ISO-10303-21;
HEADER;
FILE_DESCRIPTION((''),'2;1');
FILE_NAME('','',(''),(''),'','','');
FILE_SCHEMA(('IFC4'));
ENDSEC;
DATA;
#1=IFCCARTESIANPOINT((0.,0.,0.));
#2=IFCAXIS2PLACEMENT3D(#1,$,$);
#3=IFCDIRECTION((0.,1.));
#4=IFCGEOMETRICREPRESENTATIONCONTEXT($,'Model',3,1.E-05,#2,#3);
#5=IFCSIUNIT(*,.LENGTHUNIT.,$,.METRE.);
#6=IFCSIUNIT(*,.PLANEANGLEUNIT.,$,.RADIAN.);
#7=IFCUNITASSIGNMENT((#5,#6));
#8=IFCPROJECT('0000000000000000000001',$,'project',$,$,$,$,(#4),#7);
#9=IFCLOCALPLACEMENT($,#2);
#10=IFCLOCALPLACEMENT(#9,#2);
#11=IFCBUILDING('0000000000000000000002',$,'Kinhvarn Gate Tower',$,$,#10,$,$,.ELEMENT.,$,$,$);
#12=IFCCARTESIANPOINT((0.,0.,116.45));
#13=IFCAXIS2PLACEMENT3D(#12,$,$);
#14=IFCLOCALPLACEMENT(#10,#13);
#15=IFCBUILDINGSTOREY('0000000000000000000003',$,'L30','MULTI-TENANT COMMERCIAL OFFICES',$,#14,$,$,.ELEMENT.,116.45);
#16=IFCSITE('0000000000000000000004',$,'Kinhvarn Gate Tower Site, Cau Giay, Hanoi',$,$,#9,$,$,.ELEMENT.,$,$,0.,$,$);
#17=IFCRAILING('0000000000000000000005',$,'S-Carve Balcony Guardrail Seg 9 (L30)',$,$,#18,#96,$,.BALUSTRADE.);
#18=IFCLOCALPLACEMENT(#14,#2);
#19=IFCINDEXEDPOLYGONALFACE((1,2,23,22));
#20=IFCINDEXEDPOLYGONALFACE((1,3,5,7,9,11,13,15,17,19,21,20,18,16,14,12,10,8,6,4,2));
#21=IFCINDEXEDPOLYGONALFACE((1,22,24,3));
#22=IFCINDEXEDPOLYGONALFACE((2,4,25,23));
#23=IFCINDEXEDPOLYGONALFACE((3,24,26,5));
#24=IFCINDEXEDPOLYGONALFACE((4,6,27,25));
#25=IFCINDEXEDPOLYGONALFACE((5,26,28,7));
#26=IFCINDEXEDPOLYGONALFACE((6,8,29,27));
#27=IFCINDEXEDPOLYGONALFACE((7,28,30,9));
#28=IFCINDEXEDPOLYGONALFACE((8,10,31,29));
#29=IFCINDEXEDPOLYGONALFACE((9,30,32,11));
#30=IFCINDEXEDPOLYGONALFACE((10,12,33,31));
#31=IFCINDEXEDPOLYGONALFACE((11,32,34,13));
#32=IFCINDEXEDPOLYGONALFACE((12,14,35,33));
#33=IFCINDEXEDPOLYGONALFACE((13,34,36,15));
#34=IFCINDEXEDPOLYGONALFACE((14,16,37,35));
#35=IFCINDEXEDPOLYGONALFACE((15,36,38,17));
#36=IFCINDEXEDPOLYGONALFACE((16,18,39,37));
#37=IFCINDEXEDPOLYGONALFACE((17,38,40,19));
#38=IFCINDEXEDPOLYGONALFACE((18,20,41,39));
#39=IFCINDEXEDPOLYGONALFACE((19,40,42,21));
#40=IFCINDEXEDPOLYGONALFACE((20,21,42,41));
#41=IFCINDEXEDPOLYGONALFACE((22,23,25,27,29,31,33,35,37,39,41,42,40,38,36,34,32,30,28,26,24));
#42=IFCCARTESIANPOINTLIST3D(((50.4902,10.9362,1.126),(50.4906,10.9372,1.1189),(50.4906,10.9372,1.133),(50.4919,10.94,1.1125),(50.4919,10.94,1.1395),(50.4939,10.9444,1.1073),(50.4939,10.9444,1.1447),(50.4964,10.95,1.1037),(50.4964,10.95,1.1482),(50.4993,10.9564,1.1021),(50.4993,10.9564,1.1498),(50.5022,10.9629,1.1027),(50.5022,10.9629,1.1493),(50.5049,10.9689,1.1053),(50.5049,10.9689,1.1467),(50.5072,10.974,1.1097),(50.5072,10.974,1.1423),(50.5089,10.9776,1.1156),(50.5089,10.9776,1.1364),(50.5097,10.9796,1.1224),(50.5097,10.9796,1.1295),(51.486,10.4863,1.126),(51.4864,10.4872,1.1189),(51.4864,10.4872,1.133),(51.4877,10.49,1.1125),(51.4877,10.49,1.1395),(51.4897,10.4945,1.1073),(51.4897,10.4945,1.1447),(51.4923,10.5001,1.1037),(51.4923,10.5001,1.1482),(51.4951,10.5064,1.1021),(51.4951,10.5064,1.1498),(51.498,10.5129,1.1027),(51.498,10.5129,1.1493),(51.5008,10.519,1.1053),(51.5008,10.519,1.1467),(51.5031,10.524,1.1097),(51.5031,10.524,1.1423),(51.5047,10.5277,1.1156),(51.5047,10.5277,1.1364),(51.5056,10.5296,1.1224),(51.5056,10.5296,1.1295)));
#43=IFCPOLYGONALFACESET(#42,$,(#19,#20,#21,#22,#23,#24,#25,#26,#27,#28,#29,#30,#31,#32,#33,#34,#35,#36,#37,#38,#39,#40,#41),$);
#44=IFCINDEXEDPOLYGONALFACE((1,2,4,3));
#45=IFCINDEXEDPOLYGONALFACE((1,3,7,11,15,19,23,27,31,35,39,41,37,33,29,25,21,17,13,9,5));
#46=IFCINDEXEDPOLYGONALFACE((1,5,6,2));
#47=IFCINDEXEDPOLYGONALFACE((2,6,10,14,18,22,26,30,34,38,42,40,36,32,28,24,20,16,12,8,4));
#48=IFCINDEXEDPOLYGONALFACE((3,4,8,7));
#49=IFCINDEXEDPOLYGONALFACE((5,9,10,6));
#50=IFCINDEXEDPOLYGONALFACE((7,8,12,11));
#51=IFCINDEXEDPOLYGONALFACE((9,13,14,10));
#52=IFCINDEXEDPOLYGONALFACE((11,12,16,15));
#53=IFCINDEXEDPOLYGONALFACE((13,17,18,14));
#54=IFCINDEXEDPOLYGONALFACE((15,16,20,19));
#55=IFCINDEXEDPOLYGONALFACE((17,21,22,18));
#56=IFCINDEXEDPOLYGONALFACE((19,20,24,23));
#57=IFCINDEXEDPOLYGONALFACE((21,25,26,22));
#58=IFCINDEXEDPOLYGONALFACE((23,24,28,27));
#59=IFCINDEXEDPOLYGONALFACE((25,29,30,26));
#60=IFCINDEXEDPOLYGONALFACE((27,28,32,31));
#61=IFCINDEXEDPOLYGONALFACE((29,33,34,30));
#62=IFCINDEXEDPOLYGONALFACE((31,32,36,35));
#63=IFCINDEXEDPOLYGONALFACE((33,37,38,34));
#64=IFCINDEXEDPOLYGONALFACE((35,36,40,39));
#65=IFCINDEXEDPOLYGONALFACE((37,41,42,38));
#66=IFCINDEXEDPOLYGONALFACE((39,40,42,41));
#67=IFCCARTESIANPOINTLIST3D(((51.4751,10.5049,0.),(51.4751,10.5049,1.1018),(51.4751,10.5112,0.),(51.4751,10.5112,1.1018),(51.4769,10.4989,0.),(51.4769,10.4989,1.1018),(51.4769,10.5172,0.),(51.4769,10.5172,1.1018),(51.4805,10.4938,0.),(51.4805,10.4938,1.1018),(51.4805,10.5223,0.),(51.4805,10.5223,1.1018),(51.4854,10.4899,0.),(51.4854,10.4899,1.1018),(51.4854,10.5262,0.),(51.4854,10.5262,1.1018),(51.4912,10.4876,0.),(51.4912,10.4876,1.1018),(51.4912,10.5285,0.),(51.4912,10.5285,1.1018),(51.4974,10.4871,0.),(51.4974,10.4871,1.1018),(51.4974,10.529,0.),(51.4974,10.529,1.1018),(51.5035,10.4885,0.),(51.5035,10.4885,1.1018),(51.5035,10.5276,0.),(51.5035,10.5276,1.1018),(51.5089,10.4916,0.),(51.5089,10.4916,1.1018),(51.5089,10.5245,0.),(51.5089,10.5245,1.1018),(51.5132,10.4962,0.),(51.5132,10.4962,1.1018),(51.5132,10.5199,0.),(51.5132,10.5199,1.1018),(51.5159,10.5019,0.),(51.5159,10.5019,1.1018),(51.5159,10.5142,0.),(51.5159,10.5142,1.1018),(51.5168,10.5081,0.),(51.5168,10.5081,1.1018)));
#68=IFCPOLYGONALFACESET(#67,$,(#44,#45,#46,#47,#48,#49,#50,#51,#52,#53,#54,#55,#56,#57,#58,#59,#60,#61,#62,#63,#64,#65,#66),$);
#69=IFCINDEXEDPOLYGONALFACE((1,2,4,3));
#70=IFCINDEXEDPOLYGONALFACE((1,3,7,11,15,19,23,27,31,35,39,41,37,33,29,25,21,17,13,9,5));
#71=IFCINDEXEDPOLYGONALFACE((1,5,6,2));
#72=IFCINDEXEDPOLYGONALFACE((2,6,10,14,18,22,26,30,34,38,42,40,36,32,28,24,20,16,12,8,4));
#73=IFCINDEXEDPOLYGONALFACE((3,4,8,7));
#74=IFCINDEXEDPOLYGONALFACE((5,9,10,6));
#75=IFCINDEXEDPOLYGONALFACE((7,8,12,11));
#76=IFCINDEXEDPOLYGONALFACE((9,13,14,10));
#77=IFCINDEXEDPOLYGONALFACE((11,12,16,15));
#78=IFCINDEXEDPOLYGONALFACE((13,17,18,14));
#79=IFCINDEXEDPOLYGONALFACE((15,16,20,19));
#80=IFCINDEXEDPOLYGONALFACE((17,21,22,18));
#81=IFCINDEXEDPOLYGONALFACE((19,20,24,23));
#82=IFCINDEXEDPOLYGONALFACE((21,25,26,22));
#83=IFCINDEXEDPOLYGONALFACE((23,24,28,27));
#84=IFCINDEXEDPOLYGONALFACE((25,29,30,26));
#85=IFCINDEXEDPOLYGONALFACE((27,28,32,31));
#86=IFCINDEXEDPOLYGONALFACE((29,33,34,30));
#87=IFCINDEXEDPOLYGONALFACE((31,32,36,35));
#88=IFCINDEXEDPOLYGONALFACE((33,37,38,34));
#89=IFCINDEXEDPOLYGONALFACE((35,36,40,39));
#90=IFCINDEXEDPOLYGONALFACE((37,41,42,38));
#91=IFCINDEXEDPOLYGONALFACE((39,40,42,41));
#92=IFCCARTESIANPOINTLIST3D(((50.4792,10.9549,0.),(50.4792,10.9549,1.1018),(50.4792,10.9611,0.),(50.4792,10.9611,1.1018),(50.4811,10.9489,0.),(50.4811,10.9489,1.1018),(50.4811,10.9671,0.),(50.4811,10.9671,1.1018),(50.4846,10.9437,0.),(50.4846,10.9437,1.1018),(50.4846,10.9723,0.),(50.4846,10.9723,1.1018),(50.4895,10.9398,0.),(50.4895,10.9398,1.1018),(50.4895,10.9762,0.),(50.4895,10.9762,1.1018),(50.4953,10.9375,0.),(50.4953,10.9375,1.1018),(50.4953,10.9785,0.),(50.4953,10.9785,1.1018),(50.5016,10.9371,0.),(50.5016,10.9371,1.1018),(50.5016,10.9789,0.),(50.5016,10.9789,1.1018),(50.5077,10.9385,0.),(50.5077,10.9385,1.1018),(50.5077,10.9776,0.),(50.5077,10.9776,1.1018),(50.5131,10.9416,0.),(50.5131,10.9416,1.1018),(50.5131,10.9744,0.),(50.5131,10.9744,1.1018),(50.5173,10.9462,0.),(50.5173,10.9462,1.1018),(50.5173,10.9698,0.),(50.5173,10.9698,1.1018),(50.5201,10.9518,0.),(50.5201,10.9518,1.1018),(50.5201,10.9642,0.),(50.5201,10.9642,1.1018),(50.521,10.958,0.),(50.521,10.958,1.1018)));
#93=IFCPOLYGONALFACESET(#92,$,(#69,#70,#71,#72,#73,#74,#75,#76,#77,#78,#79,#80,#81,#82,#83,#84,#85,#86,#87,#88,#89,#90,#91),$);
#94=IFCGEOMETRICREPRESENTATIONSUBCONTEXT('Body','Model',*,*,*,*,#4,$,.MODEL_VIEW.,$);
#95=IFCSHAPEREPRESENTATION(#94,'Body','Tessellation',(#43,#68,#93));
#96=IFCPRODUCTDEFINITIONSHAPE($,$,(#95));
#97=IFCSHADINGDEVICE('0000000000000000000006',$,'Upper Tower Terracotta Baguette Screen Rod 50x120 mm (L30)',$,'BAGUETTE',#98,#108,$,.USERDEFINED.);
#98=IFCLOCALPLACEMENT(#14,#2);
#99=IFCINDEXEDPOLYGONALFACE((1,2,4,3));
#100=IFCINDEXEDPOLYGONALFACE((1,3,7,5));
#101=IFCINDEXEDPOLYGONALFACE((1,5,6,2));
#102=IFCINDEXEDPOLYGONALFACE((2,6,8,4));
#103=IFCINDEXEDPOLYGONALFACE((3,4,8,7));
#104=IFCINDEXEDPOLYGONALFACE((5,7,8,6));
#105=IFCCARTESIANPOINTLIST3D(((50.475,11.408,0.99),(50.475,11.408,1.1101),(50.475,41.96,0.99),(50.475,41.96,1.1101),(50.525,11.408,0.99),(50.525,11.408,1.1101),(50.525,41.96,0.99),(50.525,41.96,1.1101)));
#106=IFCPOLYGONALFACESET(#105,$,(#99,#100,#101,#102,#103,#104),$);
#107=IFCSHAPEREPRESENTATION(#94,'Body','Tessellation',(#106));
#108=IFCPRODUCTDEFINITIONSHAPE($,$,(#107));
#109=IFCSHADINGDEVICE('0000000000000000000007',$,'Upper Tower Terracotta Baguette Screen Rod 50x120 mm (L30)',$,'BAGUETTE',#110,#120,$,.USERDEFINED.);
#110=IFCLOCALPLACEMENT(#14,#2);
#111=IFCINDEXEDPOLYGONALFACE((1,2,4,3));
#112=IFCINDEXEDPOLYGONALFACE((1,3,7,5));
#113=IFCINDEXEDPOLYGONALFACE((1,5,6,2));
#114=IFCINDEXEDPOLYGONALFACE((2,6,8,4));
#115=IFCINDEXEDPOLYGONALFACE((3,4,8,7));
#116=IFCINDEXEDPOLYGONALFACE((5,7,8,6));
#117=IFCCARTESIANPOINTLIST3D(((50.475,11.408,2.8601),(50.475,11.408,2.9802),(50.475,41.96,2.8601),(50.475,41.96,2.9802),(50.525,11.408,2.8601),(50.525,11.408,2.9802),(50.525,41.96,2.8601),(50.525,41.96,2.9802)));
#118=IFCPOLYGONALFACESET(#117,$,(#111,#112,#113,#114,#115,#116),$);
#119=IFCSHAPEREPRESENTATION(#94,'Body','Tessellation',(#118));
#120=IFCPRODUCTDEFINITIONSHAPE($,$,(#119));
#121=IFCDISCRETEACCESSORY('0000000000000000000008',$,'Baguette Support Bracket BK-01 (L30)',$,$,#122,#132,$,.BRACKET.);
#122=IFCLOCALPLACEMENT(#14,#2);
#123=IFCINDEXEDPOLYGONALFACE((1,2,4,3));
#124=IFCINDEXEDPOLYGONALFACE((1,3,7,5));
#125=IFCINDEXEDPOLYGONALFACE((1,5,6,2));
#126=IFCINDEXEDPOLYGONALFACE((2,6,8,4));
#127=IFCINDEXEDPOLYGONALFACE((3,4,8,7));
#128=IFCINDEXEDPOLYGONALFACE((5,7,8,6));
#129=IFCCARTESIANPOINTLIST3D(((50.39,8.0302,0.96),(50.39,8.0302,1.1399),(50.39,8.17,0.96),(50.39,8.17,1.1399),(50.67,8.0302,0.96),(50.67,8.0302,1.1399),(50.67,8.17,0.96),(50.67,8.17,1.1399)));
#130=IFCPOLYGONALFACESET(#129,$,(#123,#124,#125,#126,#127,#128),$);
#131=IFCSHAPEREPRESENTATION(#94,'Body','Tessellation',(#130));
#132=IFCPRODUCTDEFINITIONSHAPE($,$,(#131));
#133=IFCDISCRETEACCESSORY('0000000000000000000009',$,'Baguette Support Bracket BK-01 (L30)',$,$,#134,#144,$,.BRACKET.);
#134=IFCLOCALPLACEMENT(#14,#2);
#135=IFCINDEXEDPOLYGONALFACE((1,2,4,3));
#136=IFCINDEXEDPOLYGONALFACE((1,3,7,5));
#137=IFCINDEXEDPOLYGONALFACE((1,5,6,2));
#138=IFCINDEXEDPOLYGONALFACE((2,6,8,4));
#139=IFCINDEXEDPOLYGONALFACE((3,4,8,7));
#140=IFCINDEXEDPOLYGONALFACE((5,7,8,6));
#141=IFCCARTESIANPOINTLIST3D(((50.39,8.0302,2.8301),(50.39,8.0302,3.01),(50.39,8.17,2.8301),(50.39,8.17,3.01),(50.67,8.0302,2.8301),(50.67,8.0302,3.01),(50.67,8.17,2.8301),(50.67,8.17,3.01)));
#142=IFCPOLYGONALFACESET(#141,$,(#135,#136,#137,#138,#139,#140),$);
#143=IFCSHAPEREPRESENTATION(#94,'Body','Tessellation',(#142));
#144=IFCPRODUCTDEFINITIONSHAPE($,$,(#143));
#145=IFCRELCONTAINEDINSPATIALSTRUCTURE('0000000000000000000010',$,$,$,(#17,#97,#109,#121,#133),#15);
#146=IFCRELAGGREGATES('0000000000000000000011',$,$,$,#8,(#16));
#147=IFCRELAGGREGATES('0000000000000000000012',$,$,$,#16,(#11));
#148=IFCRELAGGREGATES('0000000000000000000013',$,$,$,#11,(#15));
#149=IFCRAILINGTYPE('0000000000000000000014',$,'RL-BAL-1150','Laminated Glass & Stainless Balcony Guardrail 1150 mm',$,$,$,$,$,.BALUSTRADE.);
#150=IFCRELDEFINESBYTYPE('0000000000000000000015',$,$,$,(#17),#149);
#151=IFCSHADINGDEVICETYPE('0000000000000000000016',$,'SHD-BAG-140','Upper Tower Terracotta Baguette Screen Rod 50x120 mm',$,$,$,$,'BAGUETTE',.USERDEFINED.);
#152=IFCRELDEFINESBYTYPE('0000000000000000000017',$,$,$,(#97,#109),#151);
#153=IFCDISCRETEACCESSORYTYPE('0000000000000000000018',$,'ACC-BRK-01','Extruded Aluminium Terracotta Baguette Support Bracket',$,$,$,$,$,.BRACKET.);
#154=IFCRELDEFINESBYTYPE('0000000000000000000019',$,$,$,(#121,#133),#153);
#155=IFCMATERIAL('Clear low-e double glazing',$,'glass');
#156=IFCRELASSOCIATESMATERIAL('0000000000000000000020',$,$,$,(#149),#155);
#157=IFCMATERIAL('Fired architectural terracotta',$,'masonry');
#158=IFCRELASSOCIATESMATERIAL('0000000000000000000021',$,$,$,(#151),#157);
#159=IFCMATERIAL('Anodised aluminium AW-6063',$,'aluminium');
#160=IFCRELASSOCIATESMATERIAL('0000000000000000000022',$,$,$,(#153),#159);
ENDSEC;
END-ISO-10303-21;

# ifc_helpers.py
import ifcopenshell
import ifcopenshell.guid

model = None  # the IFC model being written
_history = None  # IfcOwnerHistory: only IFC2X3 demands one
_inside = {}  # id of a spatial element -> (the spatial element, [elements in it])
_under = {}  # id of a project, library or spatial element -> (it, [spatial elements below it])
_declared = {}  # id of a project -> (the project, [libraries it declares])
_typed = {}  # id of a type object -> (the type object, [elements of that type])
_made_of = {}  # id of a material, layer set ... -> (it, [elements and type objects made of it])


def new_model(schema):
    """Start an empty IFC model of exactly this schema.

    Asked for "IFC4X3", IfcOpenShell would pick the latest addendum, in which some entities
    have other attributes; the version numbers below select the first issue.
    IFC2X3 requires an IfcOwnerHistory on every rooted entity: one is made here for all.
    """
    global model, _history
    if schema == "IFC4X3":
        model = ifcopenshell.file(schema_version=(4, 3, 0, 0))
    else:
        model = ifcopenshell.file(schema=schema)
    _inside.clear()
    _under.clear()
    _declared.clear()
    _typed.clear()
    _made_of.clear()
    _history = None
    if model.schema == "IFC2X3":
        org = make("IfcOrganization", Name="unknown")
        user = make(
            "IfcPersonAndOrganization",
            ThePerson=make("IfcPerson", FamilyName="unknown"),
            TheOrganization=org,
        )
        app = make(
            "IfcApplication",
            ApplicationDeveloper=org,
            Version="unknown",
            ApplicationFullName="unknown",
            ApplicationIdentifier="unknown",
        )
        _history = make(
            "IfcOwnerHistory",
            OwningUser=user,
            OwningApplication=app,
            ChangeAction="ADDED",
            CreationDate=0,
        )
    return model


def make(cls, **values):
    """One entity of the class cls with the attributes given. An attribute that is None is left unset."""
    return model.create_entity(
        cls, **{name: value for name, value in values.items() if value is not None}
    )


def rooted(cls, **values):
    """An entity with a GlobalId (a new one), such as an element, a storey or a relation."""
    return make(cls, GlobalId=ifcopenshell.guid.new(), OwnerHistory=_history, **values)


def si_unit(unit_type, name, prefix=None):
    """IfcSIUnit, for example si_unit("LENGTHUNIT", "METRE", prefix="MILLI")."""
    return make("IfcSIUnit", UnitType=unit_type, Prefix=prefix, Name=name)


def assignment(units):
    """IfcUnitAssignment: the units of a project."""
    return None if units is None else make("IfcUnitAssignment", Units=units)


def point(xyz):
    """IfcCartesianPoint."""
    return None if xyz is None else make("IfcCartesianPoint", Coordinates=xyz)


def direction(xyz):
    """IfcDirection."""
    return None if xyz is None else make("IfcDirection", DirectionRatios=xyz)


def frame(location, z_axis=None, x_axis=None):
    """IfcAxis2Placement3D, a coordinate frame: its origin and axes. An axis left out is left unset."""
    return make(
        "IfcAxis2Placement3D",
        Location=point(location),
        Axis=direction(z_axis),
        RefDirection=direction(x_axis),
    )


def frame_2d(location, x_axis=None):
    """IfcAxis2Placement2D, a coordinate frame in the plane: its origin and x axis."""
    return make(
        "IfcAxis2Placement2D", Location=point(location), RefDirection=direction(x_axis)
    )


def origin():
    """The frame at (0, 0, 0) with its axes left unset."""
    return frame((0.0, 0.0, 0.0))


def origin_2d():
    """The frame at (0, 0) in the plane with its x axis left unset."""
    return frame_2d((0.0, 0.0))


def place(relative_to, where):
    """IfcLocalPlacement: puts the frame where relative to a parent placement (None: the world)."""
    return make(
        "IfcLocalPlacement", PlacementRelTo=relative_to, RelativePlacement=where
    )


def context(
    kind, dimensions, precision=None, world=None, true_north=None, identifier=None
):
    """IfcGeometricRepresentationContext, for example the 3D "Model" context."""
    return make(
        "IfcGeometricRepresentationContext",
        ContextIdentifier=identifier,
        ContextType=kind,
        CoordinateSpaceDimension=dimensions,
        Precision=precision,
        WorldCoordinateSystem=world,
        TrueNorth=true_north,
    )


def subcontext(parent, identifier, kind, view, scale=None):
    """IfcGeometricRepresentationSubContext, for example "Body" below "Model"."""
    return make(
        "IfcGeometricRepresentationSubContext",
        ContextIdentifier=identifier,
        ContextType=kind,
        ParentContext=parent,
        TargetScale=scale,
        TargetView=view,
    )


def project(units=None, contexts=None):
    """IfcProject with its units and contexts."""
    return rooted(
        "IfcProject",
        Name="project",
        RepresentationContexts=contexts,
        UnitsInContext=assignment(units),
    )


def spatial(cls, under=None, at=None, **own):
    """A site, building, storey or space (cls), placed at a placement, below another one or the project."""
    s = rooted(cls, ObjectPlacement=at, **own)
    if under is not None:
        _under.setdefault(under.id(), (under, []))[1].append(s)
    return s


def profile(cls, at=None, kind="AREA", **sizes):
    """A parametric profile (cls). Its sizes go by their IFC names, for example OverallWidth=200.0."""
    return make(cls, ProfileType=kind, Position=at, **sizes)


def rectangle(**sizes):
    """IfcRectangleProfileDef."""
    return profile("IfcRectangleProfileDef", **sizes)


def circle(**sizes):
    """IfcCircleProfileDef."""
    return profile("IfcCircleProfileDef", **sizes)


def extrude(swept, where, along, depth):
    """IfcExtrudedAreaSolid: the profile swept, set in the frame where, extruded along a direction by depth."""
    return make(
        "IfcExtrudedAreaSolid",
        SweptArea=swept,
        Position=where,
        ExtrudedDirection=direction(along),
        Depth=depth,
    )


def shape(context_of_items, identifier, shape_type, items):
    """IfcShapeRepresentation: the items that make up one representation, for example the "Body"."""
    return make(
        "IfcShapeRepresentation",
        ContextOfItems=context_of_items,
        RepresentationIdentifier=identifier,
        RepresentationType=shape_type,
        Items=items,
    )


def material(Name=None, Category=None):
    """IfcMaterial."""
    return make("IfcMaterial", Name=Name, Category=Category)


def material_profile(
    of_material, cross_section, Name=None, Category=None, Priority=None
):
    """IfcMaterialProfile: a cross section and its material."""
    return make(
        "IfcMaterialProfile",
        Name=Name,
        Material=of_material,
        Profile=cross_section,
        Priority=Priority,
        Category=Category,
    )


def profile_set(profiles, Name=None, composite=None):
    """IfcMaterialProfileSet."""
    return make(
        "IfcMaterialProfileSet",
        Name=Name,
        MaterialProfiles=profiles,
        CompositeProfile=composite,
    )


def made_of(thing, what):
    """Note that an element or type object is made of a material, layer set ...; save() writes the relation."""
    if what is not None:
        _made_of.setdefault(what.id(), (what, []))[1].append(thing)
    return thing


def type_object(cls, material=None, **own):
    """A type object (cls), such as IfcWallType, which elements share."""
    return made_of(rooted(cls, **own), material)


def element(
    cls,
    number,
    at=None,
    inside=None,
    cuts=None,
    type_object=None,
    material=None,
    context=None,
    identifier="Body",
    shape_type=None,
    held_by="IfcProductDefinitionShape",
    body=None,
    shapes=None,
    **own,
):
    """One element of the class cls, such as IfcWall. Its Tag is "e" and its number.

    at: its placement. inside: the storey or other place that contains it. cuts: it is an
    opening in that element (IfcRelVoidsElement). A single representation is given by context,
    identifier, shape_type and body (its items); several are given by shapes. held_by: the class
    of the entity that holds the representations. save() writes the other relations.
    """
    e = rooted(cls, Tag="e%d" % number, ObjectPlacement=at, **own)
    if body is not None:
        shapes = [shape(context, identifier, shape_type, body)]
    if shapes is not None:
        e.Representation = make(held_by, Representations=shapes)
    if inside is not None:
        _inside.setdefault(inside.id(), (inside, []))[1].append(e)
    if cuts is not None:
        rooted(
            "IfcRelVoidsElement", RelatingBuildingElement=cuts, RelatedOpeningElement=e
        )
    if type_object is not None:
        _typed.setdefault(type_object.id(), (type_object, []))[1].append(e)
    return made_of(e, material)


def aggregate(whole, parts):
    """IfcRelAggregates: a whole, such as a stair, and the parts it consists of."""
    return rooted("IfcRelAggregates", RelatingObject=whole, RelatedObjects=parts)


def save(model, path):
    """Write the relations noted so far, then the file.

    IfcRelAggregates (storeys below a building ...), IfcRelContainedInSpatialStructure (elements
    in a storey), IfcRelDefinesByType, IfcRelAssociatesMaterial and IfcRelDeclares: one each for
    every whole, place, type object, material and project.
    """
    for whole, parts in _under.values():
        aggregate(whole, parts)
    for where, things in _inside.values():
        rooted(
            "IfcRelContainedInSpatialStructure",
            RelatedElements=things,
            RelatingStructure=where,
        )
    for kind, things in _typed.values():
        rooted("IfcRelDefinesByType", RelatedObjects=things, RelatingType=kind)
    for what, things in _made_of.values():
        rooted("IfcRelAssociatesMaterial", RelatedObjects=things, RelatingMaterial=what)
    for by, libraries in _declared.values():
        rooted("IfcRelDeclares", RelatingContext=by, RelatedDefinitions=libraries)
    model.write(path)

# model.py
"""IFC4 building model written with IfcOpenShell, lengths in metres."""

from ifc_helpers import new_model, si_unit, direction, frame, origin, origin_2d, place, context, subcontext, project, spatial, rectangle, circle, extrude, material, material_profile, profile_set, type_object, element, save


model = new_model("IFC4")

# Units and contexts
model_context = context("Model", 3, precision=1e-05, world=origin(), true_north=direction((0.0, 1.0)))
body_context = subcontext(model_context, "Body", "Model", "MODEL_VIEW")
ifc_project = project(units=[si_unit("LENGTHUNIT", "METRE"), si_unit("PLANEANGLEUNIT", "RADIAN")], contexts=[model_context])

# Site, building, storey
site_placement = place(None, origin())
site = spatial("IfcSite", under=ifc_project, at=site_placement, Name="Kinhvarn Gate Tower Site, Cau Giay, Hanoi", CompositionType="ELEMENT", RefElevation=0.0)
building_placement = place(site_placement, origin())
building = spatial("IfcBuilding", under=site, at=building_placement, Name="Kinhvarn Gate Tower", CompositionType="ELEMENT")
storey_placement = place(building_placement, frame((0.0, 0.0, 116.45)))
storey = spatial("IfcBuildingStorey", under=building, at=storey_placement, Name="L30", Description="MULTI-TENANT COMMERCIAL OFFICES", CompositionType="ELEMENT", Elevation=116.45)

# Shared definitions
ifc_material_1 = material(Name="Anodised aluminium AW-6063", Category="aluminium")

# Shared definitions
ifc_material_2 = material(Name="Clear low-e double glazing", Category="glass")

# Shared definitions
ifc_material_3 = material(Name="Fired architectural terracotta", Category="masonry")

# Railing
railing_type = type_object("IfcRailingType", Name="RL-BAL-1150", Description="Laminated Glass & Stainless Balcony Guardrail 1150 mm", PredefinedType="BALUSTRADE", material=ifc_material_2)
railing_placement = place(storey_placement, frame((51.4958, 10.5081, 0.0)))
element("IfcRailing", 1, at=railing_placement, inside=storey, type_object=railing_type, Name="S-Carve Balcony Guardrail Seg 9 (L30)", PredefinedType="BALUSTRADE", context=body_context, shape_type="SweptSolid", body=[
    extrude(circle(Radius=0.0239, at=origin_2d()), frame((0.0, 0.0, 1.126), z_axis=(-0.911298, 0.411748, 0.0), x_axis=(-0.411748, -0.911298, 0.0)), (0.0, 0.0, 1.0), 1.0928),
    extrude(circle(Radius=0.021, at=origin_2d()), origin(), (0.0, 0.0, 1.0), 1.1018),
    extrude(circle(Radius=0.021, at=origin_2d()), frame((-0.9958, 0.45, 0.0)), (0.0, 0.0, 1.0), 1.1018),
])

# Shading devices
ifc_material_profile_1 = material_profile(ifc_material_3, rectangle(XDim=0.05, YDim=0.1201, at=origin_2d()), Name="TC 50x120")
ifc_profile_set_1 = profile_set([ifc_material_profile_1], Name="Fired architectural terracotta")
shading_device_type = type_object("IfcShadingDeviceType", Name="SHD-BAG-140", Description="Upper Tower Terracotta Baguette Screen Rod 50x120 mm", ElementType="BAGUETTE", PredefinedType="USERDEFINED", material=ifc_profile_set_1)
for number, where, z_axis, x_axis, name in (
    (2, (50.5, 11.408, 1.05), (0.0, 1.0, 0.0), (-1.0, 0.0, 0.0), "Upper Tower Terracotta Baguette Screen Rod 50x120 mm (L30)"),
    (3, (50.5, 11.408, 2.9202), (0.0, 1.0, 0.0), (-1.0, 0.0, 0.0), "Upper Tower Terracotta Baguette Screen Rod 50x120 mm (L30)"),
):
    element("IfcShadingDevice", number, at=place(storey_placement, frame(where, z_axis=z_axis, x_axis=x_axis)), inside=storey, type_object=shading_device_type, Name=name, ObjectType="BAGUETTE", PredefinedType="USERDEFINED", context=body_context, shape_type="SweptSolid", body=[
        extrude(rectangle(XDim=0.05, YDim=0.1201, at=origin_2d()), origin(), (0.0, 0.0, 1.0), 30.552),
    ])

# Discrete accessories
discrete_accessory_type = type_object("IfcDiscreteAccessoryType", Name="ACC-BRK-01", Description="Extruded Aluminium Terracotta Baguette Support Bracket", PredefinedType="BRACKET", material=ifc_material_1)
for number, where, z_axis, x_axis, name in (
    (4, (50.53, 8.1001, 0.96), (0.0, 0.0, 1.0), (0.0, 1.0, 0.0), "Baguette Support Bracket BK-01 (L30)"),
    (5, (50.53, 8.1001, 2.8301), (0.0, 0.0, 1.0), (0.0, 1.0, 0.0), "Baguette Support Bracket BK-01 (L30)"),
):
    element("IfcDiscreteAccessory", number, at=place(storey_placement, frame(where, z_axis=z_axis, x_axis=x_axis)), inside=storey, type_object=discrete_accessory_type, Name=name, PredefinedType="BRACKET", context=body_context, shape_type="SweptSolid", body=[
        extrude(rectangle(XDim=0.1399, YDim=0.28, at=origin_2d()), origin(), (0.0, 0.0, 1.0), 0.1799),
    ])

save(model, "model.ifc")
